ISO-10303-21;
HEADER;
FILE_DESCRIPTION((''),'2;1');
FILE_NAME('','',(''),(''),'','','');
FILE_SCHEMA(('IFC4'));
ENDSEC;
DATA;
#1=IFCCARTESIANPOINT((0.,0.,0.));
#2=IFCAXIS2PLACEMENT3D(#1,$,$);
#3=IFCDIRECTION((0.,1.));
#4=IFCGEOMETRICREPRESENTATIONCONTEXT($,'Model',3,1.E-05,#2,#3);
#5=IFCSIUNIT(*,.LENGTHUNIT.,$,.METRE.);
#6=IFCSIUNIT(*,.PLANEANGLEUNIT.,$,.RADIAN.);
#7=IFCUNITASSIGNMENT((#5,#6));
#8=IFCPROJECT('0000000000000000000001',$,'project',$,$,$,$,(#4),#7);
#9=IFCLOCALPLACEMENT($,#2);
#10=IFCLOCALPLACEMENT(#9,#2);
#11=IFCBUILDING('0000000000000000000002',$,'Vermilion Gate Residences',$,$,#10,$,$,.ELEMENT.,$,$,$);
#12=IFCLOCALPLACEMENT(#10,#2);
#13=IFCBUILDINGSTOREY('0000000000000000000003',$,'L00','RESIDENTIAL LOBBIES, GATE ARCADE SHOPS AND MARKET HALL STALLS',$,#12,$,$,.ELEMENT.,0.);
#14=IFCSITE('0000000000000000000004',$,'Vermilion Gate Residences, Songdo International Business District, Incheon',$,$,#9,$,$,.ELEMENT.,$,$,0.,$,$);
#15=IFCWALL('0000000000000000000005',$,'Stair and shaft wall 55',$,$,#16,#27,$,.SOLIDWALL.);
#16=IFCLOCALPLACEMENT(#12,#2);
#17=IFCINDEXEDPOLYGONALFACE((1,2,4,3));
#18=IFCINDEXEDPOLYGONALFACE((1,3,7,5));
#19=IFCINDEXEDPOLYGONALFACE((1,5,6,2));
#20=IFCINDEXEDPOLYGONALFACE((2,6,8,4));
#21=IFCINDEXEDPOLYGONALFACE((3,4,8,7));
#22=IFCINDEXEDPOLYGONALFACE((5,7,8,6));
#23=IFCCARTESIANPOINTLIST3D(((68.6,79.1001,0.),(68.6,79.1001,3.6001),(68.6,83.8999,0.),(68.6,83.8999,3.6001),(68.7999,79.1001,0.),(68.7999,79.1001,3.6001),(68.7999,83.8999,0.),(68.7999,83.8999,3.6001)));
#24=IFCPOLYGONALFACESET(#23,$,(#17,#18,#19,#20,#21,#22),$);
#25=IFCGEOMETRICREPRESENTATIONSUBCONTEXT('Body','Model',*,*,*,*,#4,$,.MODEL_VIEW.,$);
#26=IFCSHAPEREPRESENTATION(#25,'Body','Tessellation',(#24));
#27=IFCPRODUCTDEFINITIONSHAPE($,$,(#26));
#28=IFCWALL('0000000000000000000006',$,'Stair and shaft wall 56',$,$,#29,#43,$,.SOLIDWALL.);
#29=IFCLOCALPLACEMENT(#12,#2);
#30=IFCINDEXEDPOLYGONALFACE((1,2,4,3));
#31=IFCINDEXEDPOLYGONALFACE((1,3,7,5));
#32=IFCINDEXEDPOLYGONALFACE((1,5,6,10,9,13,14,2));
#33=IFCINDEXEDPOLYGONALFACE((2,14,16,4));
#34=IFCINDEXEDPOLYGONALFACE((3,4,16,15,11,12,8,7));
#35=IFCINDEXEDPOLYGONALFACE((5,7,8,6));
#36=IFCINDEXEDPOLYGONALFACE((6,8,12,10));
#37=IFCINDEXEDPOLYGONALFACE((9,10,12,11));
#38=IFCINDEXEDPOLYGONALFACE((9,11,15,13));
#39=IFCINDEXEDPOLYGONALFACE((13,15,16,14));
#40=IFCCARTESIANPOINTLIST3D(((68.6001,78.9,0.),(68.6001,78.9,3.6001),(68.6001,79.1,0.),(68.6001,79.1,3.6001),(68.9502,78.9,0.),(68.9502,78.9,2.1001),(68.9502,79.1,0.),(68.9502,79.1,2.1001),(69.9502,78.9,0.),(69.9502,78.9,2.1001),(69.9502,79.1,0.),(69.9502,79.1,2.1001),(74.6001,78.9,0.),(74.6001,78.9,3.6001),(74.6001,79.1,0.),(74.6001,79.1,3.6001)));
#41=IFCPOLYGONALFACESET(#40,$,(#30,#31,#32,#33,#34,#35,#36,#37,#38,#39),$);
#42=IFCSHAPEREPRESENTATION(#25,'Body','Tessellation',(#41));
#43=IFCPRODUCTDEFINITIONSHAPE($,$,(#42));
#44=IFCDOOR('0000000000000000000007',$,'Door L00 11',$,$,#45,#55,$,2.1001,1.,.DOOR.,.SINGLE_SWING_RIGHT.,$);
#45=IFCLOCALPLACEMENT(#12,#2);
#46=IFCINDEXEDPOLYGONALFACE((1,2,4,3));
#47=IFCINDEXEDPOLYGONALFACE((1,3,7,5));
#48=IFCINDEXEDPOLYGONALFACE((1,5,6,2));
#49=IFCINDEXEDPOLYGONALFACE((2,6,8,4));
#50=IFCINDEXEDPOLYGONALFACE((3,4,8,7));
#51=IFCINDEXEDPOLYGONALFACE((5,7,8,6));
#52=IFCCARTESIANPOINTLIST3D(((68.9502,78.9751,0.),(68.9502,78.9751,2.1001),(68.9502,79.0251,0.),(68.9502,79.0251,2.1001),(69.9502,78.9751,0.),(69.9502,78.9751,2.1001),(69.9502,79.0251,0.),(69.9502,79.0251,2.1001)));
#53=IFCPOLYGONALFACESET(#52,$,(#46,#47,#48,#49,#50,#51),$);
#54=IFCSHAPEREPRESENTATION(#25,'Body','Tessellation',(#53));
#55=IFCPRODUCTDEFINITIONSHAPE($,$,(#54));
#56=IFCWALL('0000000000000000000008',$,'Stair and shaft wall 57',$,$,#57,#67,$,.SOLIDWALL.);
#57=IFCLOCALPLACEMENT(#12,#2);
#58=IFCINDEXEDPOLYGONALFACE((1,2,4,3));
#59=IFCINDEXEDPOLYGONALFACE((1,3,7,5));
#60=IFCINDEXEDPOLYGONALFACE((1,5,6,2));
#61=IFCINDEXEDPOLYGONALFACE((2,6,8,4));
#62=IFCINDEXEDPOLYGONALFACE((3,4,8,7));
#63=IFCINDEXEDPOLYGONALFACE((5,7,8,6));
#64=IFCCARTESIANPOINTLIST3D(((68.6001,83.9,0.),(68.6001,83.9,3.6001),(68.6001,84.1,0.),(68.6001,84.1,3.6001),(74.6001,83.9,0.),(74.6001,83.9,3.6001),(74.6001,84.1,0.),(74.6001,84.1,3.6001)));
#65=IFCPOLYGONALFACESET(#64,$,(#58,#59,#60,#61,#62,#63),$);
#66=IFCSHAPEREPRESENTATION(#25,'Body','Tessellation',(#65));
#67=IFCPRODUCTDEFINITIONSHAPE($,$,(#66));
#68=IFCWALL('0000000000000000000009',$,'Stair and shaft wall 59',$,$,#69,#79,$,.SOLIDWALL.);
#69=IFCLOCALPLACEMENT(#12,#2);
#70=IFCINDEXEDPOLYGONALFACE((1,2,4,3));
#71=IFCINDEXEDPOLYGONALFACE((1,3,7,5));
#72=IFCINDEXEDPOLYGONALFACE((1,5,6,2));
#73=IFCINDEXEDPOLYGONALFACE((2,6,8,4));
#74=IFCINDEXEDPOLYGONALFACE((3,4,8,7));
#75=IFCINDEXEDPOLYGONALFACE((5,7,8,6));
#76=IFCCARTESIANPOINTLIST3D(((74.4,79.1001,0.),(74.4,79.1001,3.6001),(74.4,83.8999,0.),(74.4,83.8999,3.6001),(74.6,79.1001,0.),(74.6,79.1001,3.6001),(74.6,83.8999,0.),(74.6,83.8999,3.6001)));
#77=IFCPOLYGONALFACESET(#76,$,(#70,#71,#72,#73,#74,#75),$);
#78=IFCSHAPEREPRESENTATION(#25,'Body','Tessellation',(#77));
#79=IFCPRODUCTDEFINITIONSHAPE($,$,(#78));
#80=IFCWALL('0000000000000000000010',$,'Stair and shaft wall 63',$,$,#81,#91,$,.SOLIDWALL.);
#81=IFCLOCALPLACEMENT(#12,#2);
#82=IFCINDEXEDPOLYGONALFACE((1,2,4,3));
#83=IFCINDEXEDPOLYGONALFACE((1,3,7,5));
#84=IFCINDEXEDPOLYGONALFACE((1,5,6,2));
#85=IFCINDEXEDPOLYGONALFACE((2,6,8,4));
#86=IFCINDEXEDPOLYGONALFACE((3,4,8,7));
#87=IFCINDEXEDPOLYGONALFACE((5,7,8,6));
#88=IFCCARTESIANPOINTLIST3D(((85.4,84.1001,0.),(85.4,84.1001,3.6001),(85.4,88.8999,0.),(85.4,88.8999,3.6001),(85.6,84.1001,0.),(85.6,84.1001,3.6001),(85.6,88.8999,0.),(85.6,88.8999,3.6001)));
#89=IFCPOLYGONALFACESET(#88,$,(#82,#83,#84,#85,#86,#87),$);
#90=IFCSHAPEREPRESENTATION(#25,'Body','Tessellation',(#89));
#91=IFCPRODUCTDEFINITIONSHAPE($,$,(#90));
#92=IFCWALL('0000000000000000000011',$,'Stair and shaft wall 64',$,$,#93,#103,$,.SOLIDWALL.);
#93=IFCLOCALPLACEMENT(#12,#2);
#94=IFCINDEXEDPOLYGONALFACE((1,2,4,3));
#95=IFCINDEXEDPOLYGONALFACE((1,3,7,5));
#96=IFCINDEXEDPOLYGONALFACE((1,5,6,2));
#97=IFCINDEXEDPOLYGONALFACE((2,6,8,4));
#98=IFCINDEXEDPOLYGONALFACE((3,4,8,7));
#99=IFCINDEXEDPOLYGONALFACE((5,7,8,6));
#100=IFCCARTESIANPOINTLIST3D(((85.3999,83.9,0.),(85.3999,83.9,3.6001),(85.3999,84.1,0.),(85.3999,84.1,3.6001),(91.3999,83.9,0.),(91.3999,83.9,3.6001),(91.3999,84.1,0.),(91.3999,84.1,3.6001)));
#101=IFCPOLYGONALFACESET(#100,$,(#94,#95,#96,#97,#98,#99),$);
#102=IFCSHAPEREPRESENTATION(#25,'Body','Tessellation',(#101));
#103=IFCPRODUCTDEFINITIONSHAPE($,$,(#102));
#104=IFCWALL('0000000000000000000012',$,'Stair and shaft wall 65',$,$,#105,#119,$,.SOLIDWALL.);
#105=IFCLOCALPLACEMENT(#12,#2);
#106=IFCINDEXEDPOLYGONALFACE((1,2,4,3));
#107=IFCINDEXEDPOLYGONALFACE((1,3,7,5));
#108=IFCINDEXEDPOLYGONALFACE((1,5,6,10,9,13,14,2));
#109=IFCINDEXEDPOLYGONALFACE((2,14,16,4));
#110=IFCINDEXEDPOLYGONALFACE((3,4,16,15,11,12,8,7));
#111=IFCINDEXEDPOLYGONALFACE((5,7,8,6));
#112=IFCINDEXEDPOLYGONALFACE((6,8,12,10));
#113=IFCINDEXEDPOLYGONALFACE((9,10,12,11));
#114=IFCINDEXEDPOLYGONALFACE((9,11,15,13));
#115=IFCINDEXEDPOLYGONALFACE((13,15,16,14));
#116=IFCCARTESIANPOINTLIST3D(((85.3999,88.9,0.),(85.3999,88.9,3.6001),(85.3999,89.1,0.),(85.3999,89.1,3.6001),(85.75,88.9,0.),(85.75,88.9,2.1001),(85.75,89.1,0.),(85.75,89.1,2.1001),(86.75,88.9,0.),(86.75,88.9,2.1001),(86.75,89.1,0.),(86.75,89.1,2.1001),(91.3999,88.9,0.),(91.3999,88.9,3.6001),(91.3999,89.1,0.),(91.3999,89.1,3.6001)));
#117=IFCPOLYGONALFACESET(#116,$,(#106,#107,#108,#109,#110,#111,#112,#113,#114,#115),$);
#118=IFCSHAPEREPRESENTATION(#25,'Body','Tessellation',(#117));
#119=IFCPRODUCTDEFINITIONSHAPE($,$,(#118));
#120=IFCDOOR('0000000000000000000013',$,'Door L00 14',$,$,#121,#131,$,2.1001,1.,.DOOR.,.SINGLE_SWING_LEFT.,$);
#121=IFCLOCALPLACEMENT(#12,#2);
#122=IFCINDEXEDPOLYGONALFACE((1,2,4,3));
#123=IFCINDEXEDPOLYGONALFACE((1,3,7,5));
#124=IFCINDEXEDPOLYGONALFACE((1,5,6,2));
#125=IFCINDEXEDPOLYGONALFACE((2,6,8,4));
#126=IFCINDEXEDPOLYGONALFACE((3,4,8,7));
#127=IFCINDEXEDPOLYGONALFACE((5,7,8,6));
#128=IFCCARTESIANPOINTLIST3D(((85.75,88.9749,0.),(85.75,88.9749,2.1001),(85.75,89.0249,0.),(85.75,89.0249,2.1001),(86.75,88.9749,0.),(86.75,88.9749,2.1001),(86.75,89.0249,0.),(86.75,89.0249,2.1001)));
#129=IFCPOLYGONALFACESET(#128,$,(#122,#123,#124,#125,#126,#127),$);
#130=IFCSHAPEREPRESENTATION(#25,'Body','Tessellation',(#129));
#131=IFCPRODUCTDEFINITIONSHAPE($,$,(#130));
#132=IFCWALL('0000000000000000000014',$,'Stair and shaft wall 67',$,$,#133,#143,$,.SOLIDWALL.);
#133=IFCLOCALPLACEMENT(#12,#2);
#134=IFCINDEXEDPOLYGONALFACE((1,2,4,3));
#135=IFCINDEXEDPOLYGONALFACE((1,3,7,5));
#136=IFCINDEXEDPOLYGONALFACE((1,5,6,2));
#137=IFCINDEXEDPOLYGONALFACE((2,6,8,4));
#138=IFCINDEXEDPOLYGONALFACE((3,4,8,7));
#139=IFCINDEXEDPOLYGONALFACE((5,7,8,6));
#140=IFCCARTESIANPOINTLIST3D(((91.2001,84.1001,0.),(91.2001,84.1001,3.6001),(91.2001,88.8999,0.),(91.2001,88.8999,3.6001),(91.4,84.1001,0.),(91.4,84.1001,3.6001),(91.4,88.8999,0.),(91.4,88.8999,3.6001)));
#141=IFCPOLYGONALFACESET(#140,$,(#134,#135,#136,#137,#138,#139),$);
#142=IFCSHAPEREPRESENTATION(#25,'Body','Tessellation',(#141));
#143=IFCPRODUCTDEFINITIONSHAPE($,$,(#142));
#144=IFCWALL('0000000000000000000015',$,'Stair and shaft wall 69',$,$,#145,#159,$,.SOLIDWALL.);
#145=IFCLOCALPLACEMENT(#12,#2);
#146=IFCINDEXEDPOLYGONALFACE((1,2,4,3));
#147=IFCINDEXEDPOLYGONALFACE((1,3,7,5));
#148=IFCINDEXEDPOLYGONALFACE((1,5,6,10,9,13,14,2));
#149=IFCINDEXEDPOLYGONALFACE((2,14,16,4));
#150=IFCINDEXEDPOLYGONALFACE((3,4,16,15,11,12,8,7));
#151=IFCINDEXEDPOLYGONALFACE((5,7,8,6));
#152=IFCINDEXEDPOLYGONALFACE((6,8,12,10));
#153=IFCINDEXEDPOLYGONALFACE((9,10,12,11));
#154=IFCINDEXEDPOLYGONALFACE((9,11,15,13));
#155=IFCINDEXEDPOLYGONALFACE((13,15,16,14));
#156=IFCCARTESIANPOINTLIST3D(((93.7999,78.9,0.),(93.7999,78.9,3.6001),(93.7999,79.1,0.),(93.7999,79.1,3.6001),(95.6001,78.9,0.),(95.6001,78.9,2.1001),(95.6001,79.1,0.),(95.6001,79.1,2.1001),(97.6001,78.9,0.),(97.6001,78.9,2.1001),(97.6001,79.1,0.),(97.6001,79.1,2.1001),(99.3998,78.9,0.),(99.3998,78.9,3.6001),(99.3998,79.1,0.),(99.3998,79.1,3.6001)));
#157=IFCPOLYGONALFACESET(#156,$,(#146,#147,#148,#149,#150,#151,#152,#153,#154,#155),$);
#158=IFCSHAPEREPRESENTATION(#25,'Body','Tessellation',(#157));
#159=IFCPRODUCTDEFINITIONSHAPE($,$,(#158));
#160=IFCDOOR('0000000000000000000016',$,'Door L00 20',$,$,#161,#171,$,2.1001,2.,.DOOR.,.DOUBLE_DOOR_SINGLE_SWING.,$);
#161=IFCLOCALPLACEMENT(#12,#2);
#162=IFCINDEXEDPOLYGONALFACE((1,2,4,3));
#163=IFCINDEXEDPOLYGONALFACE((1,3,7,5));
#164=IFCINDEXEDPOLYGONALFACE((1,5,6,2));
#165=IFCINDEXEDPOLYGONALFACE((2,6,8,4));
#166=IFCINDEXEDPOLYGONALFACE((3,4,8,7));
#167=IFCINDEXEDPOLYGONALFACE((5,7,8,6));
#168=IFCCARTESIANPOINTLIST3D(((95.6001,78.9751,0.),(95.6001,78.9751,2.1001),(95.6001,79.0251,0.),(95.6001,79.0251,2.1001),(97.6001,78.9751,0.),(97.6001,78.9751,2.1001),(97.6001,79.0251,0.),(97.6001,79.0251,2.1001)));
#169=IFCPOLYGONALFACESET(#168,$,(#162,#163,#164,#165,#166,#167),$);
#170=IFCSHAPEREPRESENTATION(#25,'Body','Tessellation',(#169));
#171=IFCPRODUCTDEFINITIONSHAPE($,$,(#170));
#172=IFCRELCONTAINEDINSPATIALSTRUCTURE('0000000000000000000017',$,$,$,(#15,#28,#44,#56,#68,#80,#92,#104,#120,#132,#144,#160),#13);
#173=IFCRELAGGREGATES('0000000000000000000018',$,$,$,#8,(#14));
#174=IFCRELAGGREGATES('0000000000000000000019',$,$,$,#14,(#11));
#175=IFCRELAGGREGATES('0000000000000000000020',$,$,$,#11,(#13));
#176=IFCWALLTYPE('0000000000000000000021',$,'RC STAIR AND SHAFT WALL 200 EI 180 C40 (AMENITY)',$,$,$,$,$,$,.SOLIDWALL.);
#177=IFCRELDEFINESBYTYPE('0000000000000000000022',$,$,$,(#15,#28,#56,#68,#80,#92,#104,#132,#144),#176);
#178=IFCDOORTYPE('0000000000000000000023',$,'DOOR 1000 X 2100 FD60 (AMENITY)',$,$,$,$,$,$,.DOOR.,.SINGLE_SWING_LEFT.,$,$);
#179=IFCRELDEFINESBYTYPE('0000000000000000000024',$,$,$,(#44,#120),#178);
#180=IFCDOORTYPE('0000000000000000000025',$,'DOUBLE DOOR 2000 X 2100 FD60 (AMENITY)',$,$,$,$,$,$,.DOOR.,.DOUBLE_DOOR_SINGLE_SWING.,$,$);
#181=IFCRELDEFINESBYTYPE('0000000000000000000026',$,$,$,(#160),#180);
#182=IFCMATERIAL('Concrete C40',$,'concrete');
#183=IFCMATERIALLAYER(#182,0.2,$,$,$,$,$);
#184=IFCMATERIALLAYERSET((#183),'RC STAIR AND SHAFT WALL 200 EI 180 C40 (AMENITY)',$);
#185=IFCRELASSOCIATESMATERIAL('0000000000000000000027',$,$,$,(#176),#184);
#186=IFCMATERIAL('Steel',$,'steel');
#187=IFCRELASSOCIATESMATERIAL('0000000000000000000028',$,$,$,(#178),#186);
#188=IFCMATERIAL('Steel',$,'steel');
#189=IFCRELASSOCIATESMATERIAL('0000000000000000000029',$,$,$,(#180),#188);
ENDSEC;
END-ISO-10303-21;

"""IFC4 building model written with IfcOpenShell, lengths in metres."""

from ifc_helpers import new_model, si_unit, direction, frame, frame_2d, origin, place, context, subcontext, project, spatial, rectangle, extrude, material, layer, layer_set, type_object, element, fill, save


model = new_model("IFC4")

# Units and contexts
model_context = context("Model", 3, precision=1e-05, world=origin(), true_north=direction((0.0, 1.0)))
body_context = subcontext(model_context, "Body", "Model", "MODEL_VIEW")
ifc_project = project(units=[si_unit("LENGTHUNIT", "METRE"), si_unit("PLANEANGLEUNIT", "RADIAN")], contexts=[model_context])

# Site, building, storey
site_placement = place(None, origin())
site = spatial("IfcSite", under=ifc_project, at=site_placement, Name="Vermilion Gate Residences, Songdo International Business District, Incheon", CompositionType="ELEMENT", RefElevation=0.0)
building_placement = place(site_placement, origin())
building = spatial("IfcBuilding", under=site, at=building_placement, Name="Vermilion Gate Residences", CompositionType="ELEMENT")
storey_placement = place(building_placement, origin())
storey = spatial("IfcBuildingStorey", under=building, at=storey_placement, Name="L00", Description="RESIDENTIAL LOBBIES, GATE ARCADE SHOPS AND MARKET HALL STALLS", CompositionType="ELEMENT", Elevation=0.0)

# Wall
ifc_material_1 = material(Name="Concrete C40", Category="concrete")
ifc_layer = layer(ifc_material_1, 0.2)
ifc_layer_set = layer_set([ifc_layer], Name="RC STAIR AND SHAFT WALL 200 EI 180 C40 (AMENITY)")
wall_type = type_object("IfcWallType", Name="RC STAIR AND SHAFT WALL 200 EI 180 C40 (AMENITY)", PredefinedType="SOLIDWALL", material=ifc_layer_set)
wall_1_placement = place(storey_placement, frame((68.7, 79.1001, 0.0), z_axis=(0.0, 0.0, 1.0), x_axis=(0.0, 1.0, 0.0)))
element("IfcWall", 1, at=wall_1_placement, inside=storey, type_object=wall_type, Name="Stair and shaft wall 55", PredefinedType="SOLIDWALL", context=body_context, shape_type="SweptSolid", body=[
    extrude(rectangle(XDim=4.7998, YDim=0.2, at=frame_2d((2.3999, 0.0))), origin(), (0.0, 0.0, 1.0), 3.6001),
])

# Wall, opening, door
wall_2_placement = place(storey_placement, frame((68.6001, 79.0, 0.0), z_axis=(0.0, 0.0, 1.0), x_axis=(1.0, 0.0, 0.0)))
wall_2 = element("IfcWall", 2, at=wall_2_placement, inside=storey, type_object=wall_type, Name="Stair and shaft wall 56", PredefinedType="SOLIDWALL", context=body_context, shape_type="SweptSolid", body=[
    extrude(rectangle(XDim=6.0, YDim=0.2, at=frame_2d((3.0, 0.0))), origin(), (0.0, 0.0, 1.0), 3.6001),
])
opening_1_placement = place(wall_2_placement, frame((0.3501, 0.0, 0.0)))
opening_1 = element("IfcOpeningElement", 3, at=opening_1_placement, cuts=wall_2, PredefinedType="OPENING", context=body_context, shape_type="SweptSolid", body=[
    extrude(rectangle(XDim=1.0, YDim=2.1001, at=frame_2d((0.5, 1.05))), frame((0.0, 0.1099, 0.0), z_axis=(0.0, -1.0, 0.0), x_axis=(1.0, 0.0, 0.0)), (0.0, 0.0, 1.0), 0.22),
])
ifc_material_2 = material(Name="Steel", Category="steel")
door_type_1 = type_object("IfcDoorType", Name="DOOR 1000 X 2100 FD60 (AMENITY)", OperationType="SINGLE_SWING_LEFT", PredefinedType="DOOR", material=ifc_material_2)
door_1_placement = place(opening_1_placement, frame((1.0, 0.0, 0.0), z_axis=(0.0, 0.0, 1.0), x_axis=(-1.0, 0.0, 0.0)))
door_1 = element("IfcDoor", 4, at=door_1_placement, inside=storey, type_object=door_type_1, Name="Door L00 11", OperationType="SINGLE_SWING_RIGHT", OverallHeight=2.1001, OverallWidth=1.0, PredefinedType="DOOR", context=body_context, shape_type="SweptSolid", body=[
    extrude(rectangle(XDim=1.0, YDim=2.1001, at=frame_2d((0.5, 1.05))), frame((0.0, 0.0249, 0.0), z_axis=(0.0, -1.0, 0.0), x_axis=(1.0, 0.0, 0.0)), (0.0, 0.0, 1.0), 0.05),
])
fill(opening_1, door_1)

# Walls
wall_3_placement = place(storey_placement, frame((68.6001, 84.0, 0.0), z_axis=(0.0, 0.0, 1.0), x_axis=(1.0, 0.0, 0.0)))
element("IfcWall", 5, at=wall_3_placement, inside=storey, type_object=wall_type, Name="Stair and shaft wall 57", PredefinedType="SOLIDWALL", context=body_context, shape_type="SweptSolid", body=[
    extrude(rectangle(XDim=6.0, YDim=0.2, at=frame_2d((3.0, 0.0))), origin(), (0.0, 0.0, 1.0), 3.6001),
])
for number, where, z_axis, x_axis, name in (
    (6, (74.5, 79.1001, 0.0), (0.0, 0.0, 1.0), (0.0, 1.0, 0.0), "Stair and shaft wall 59"),
    (7, (85.5, 84.1001, 0.0), (0.0, 0.0, 1.0), (0.0, 1.0, 0.0), "Stair and shaft wall 63"),
):
    element("IfcWall", number, at=place(storey_placement, frame(where, z_axis=z_axis, x_axis=x_axis)), inside=storey, type_object=wall_type, Name=name, PredefinedType="SOLIDWALL", context=body_context, shape_type="SweptSolid", body=[
        extrude(rectangle(XDim=4.7998, YDim=0.2, at=frame_2d((2.3999, 0.0))), origin(), (0.0, 0.0, 1.0), 3.6001),
    ])
wall_4_placement = place(storey_placement, frame((85.3999, 84.0, 0.0), z_axis=(0.0, 0.0, 1.0), x_axis=(1.0, 0.0, 0.0)))
element("IfcWall", 8, at=wall_4_placement, inside=storey, type_object=wall_type, Name="Stair and shaft wall 64", PredefinedType="SOLIDWALL", context=body_context, shape_type="SweptSolid", body=[
    extrude(rectangle(XDim=6.0, YDim=0.2, at=frame_2d((3.0, 0.0))), origin(), (0.0, 0.0, 1.0), 3.6001),
])

# Wall, opening, door
wall_5_placement = place(storey_placement, frame((85.3999, 89.0, 0.0), z_axis=(0.0, 0.0, 1.0), x_axis=(1.0, 0.0, 0.0)))
wall_5 = element("IfcWall", 9, at=wall_5_placement, inside=storey, type_object=wall_type, Name="Stair and shaft wall 65", PredefinedType="SOLIDWALL", context=body_context, shape_type="SweptSolid", body=[
    extrude(rectangle(XDim=6.0, YDim=0.2, at=frame_2d((3.0, 0.0))), origin(), (0.0, 0.0, 1.0), 3.6001),
])
opening_2_placement = place(wall_5_placement, frame((0.3501, 0.0, 0.0)))
opening_2 = element("IfcOpeningElement", 10, at=opening_2_placement, cuts=wall_5, PredefinedType="OPENING", context=body_context, shape_type="SweptSolid", body=[
    extrude(rectangle(XDim=1.0, YDim=2.1001, at=frame_2d((0.5, 1.05))), frame((0.0, 0.1099, 0.0), z_axis=(0.0, -1.0, 0.0), x_axis=(1.0, 0.0, 0.0)), (0.0, 0.0, 1.0), 0.22),
])
door_2_placement = place(opening_2_placement, origin())
door_2 = element("IfcDoor", 11, at=door_2_placement, inside=storey, type_object=door_type_1, Name="Door L00 14", OperationType="SINGLE_SWING_LEFT", OverallHeight=2.1001, OverallWidth=1.0, PredefinedType="DOOR", context=body_context, shape_type="SweptSolid", body=[
    extrude(rectangle(XDim=1.0, YDim=2.1001, at=frame_2d((0.5, 1.05))), frame((0.0, 0.0249, 0.0), z_axis=(0.0, -1.0, 0.0), x_axis=(1.0, 0.0, 0.0)), (0.0, 0.0, 1.0), 0.05),
])
fill(opening_2, door_2)

# Wall
wall_6_placement = place(storey_placement, frame((91.3, 84.1001, 0.0), z_axis=(0.0, 0.0, 1.0), x_axis=(0.0, 1.0, 0.0)))
element("IfcWall", 12, at=wall_6_placement, inside=storey, type_object=wall_type, Name="Stair and shaft wall 67", PredefinedType="SOLIDWALL", context=body_context, shape_type="SweptSolid", body=[
    extrude(rectangle(XDim=4.7998, YDim=0.2, at=frame_2d((2.3999, 0.0))), origin(), (0.0, 0.0, 1.0), 3.6001),
])

# Wall, opening, door
wall_7_placement = place(storey_placement, frame((93.8, 79.0, 0.0), z_axis=(0.0, 0.0, 1.0), x_axis=(1.0, 0.0, 0.0)))
wall_7 = element("IfcWall", 13, at=wall_7_placement, inside=storey, type_object=wall_type, Name="Stair and shaft wall 69", PredefinedType="SOLIDWALL", context=body_context, shape_type="SweptSolid", body=[
    extrude(rectangle(XDim=5.5999, YDim=0.2, at=frame_2d((2.7998, 0.0))), origin(), (0.0, 0.0, 1.0), 3.6001),
])
opening_3_placement = place(wall_7_placement, frame((1.8, 0.0, 0.0)))
opening_3 = element("IfcOpeningElement", 14, at=opening_3_placement, cuts=wall_7, PredefinedType="OPENING", context=body_context, shape_type="SweptSolid", body=[
    extrude(rectangle(XDim=2.0, YDim=2.1001, at=frame_2d((1.0, 1.05))), frame((0.0, 0.1099, 0.0), z_axis=(0.0, -1.0, 0.0), x_axis=(1.0, 0.0, 0.0)), (0.0, 0.0, 1.0), 0.22),
])
ifc_material_3 = material(Name="Steel", Category="steel")
door_type_2 = type_object("IfcDoorType", Name="DOUBLE DOOR 2000 X 2100 FD60 (AMENITY)", OperationType="DOUBLE_DOOR_SINGLE_SWING", PredefinedType="DOOR", material=ifc_material_3)
door_3_placement = place(opening_3_placement, frame((2.0, 0.0, 0.0), z_axis=(0.0, 0.0, 1.0), x_axis=(-1.0, 0.0, 0.0)))
door_3 = element("IfcDoor", 15, at=door_3_placement, inside=storey, type_object=door_type_2, Name="Door L00 20", OperationType="DOUBLE_DOOR_SINGLE_SWING", OverallHeight=2.1001, OverallWidth=2.0, PredefinedType="DOOR", context=body_context, shape_type="SweptSolid", body=[
    extrude(rectangle(XDim=2.0, YDim=2.1001, at=frame_2d((1.0, 1.05))), frame((0.0, 0.0249, 0.0), z_axis=(0.0, -1.0, 0.0), x_axis=(1.0, 0.0, 0.0)), (0.0, 0.0, 1.0), 0.05),
])
fill(opening_3, door_3)

save(model, "model.ifc")
